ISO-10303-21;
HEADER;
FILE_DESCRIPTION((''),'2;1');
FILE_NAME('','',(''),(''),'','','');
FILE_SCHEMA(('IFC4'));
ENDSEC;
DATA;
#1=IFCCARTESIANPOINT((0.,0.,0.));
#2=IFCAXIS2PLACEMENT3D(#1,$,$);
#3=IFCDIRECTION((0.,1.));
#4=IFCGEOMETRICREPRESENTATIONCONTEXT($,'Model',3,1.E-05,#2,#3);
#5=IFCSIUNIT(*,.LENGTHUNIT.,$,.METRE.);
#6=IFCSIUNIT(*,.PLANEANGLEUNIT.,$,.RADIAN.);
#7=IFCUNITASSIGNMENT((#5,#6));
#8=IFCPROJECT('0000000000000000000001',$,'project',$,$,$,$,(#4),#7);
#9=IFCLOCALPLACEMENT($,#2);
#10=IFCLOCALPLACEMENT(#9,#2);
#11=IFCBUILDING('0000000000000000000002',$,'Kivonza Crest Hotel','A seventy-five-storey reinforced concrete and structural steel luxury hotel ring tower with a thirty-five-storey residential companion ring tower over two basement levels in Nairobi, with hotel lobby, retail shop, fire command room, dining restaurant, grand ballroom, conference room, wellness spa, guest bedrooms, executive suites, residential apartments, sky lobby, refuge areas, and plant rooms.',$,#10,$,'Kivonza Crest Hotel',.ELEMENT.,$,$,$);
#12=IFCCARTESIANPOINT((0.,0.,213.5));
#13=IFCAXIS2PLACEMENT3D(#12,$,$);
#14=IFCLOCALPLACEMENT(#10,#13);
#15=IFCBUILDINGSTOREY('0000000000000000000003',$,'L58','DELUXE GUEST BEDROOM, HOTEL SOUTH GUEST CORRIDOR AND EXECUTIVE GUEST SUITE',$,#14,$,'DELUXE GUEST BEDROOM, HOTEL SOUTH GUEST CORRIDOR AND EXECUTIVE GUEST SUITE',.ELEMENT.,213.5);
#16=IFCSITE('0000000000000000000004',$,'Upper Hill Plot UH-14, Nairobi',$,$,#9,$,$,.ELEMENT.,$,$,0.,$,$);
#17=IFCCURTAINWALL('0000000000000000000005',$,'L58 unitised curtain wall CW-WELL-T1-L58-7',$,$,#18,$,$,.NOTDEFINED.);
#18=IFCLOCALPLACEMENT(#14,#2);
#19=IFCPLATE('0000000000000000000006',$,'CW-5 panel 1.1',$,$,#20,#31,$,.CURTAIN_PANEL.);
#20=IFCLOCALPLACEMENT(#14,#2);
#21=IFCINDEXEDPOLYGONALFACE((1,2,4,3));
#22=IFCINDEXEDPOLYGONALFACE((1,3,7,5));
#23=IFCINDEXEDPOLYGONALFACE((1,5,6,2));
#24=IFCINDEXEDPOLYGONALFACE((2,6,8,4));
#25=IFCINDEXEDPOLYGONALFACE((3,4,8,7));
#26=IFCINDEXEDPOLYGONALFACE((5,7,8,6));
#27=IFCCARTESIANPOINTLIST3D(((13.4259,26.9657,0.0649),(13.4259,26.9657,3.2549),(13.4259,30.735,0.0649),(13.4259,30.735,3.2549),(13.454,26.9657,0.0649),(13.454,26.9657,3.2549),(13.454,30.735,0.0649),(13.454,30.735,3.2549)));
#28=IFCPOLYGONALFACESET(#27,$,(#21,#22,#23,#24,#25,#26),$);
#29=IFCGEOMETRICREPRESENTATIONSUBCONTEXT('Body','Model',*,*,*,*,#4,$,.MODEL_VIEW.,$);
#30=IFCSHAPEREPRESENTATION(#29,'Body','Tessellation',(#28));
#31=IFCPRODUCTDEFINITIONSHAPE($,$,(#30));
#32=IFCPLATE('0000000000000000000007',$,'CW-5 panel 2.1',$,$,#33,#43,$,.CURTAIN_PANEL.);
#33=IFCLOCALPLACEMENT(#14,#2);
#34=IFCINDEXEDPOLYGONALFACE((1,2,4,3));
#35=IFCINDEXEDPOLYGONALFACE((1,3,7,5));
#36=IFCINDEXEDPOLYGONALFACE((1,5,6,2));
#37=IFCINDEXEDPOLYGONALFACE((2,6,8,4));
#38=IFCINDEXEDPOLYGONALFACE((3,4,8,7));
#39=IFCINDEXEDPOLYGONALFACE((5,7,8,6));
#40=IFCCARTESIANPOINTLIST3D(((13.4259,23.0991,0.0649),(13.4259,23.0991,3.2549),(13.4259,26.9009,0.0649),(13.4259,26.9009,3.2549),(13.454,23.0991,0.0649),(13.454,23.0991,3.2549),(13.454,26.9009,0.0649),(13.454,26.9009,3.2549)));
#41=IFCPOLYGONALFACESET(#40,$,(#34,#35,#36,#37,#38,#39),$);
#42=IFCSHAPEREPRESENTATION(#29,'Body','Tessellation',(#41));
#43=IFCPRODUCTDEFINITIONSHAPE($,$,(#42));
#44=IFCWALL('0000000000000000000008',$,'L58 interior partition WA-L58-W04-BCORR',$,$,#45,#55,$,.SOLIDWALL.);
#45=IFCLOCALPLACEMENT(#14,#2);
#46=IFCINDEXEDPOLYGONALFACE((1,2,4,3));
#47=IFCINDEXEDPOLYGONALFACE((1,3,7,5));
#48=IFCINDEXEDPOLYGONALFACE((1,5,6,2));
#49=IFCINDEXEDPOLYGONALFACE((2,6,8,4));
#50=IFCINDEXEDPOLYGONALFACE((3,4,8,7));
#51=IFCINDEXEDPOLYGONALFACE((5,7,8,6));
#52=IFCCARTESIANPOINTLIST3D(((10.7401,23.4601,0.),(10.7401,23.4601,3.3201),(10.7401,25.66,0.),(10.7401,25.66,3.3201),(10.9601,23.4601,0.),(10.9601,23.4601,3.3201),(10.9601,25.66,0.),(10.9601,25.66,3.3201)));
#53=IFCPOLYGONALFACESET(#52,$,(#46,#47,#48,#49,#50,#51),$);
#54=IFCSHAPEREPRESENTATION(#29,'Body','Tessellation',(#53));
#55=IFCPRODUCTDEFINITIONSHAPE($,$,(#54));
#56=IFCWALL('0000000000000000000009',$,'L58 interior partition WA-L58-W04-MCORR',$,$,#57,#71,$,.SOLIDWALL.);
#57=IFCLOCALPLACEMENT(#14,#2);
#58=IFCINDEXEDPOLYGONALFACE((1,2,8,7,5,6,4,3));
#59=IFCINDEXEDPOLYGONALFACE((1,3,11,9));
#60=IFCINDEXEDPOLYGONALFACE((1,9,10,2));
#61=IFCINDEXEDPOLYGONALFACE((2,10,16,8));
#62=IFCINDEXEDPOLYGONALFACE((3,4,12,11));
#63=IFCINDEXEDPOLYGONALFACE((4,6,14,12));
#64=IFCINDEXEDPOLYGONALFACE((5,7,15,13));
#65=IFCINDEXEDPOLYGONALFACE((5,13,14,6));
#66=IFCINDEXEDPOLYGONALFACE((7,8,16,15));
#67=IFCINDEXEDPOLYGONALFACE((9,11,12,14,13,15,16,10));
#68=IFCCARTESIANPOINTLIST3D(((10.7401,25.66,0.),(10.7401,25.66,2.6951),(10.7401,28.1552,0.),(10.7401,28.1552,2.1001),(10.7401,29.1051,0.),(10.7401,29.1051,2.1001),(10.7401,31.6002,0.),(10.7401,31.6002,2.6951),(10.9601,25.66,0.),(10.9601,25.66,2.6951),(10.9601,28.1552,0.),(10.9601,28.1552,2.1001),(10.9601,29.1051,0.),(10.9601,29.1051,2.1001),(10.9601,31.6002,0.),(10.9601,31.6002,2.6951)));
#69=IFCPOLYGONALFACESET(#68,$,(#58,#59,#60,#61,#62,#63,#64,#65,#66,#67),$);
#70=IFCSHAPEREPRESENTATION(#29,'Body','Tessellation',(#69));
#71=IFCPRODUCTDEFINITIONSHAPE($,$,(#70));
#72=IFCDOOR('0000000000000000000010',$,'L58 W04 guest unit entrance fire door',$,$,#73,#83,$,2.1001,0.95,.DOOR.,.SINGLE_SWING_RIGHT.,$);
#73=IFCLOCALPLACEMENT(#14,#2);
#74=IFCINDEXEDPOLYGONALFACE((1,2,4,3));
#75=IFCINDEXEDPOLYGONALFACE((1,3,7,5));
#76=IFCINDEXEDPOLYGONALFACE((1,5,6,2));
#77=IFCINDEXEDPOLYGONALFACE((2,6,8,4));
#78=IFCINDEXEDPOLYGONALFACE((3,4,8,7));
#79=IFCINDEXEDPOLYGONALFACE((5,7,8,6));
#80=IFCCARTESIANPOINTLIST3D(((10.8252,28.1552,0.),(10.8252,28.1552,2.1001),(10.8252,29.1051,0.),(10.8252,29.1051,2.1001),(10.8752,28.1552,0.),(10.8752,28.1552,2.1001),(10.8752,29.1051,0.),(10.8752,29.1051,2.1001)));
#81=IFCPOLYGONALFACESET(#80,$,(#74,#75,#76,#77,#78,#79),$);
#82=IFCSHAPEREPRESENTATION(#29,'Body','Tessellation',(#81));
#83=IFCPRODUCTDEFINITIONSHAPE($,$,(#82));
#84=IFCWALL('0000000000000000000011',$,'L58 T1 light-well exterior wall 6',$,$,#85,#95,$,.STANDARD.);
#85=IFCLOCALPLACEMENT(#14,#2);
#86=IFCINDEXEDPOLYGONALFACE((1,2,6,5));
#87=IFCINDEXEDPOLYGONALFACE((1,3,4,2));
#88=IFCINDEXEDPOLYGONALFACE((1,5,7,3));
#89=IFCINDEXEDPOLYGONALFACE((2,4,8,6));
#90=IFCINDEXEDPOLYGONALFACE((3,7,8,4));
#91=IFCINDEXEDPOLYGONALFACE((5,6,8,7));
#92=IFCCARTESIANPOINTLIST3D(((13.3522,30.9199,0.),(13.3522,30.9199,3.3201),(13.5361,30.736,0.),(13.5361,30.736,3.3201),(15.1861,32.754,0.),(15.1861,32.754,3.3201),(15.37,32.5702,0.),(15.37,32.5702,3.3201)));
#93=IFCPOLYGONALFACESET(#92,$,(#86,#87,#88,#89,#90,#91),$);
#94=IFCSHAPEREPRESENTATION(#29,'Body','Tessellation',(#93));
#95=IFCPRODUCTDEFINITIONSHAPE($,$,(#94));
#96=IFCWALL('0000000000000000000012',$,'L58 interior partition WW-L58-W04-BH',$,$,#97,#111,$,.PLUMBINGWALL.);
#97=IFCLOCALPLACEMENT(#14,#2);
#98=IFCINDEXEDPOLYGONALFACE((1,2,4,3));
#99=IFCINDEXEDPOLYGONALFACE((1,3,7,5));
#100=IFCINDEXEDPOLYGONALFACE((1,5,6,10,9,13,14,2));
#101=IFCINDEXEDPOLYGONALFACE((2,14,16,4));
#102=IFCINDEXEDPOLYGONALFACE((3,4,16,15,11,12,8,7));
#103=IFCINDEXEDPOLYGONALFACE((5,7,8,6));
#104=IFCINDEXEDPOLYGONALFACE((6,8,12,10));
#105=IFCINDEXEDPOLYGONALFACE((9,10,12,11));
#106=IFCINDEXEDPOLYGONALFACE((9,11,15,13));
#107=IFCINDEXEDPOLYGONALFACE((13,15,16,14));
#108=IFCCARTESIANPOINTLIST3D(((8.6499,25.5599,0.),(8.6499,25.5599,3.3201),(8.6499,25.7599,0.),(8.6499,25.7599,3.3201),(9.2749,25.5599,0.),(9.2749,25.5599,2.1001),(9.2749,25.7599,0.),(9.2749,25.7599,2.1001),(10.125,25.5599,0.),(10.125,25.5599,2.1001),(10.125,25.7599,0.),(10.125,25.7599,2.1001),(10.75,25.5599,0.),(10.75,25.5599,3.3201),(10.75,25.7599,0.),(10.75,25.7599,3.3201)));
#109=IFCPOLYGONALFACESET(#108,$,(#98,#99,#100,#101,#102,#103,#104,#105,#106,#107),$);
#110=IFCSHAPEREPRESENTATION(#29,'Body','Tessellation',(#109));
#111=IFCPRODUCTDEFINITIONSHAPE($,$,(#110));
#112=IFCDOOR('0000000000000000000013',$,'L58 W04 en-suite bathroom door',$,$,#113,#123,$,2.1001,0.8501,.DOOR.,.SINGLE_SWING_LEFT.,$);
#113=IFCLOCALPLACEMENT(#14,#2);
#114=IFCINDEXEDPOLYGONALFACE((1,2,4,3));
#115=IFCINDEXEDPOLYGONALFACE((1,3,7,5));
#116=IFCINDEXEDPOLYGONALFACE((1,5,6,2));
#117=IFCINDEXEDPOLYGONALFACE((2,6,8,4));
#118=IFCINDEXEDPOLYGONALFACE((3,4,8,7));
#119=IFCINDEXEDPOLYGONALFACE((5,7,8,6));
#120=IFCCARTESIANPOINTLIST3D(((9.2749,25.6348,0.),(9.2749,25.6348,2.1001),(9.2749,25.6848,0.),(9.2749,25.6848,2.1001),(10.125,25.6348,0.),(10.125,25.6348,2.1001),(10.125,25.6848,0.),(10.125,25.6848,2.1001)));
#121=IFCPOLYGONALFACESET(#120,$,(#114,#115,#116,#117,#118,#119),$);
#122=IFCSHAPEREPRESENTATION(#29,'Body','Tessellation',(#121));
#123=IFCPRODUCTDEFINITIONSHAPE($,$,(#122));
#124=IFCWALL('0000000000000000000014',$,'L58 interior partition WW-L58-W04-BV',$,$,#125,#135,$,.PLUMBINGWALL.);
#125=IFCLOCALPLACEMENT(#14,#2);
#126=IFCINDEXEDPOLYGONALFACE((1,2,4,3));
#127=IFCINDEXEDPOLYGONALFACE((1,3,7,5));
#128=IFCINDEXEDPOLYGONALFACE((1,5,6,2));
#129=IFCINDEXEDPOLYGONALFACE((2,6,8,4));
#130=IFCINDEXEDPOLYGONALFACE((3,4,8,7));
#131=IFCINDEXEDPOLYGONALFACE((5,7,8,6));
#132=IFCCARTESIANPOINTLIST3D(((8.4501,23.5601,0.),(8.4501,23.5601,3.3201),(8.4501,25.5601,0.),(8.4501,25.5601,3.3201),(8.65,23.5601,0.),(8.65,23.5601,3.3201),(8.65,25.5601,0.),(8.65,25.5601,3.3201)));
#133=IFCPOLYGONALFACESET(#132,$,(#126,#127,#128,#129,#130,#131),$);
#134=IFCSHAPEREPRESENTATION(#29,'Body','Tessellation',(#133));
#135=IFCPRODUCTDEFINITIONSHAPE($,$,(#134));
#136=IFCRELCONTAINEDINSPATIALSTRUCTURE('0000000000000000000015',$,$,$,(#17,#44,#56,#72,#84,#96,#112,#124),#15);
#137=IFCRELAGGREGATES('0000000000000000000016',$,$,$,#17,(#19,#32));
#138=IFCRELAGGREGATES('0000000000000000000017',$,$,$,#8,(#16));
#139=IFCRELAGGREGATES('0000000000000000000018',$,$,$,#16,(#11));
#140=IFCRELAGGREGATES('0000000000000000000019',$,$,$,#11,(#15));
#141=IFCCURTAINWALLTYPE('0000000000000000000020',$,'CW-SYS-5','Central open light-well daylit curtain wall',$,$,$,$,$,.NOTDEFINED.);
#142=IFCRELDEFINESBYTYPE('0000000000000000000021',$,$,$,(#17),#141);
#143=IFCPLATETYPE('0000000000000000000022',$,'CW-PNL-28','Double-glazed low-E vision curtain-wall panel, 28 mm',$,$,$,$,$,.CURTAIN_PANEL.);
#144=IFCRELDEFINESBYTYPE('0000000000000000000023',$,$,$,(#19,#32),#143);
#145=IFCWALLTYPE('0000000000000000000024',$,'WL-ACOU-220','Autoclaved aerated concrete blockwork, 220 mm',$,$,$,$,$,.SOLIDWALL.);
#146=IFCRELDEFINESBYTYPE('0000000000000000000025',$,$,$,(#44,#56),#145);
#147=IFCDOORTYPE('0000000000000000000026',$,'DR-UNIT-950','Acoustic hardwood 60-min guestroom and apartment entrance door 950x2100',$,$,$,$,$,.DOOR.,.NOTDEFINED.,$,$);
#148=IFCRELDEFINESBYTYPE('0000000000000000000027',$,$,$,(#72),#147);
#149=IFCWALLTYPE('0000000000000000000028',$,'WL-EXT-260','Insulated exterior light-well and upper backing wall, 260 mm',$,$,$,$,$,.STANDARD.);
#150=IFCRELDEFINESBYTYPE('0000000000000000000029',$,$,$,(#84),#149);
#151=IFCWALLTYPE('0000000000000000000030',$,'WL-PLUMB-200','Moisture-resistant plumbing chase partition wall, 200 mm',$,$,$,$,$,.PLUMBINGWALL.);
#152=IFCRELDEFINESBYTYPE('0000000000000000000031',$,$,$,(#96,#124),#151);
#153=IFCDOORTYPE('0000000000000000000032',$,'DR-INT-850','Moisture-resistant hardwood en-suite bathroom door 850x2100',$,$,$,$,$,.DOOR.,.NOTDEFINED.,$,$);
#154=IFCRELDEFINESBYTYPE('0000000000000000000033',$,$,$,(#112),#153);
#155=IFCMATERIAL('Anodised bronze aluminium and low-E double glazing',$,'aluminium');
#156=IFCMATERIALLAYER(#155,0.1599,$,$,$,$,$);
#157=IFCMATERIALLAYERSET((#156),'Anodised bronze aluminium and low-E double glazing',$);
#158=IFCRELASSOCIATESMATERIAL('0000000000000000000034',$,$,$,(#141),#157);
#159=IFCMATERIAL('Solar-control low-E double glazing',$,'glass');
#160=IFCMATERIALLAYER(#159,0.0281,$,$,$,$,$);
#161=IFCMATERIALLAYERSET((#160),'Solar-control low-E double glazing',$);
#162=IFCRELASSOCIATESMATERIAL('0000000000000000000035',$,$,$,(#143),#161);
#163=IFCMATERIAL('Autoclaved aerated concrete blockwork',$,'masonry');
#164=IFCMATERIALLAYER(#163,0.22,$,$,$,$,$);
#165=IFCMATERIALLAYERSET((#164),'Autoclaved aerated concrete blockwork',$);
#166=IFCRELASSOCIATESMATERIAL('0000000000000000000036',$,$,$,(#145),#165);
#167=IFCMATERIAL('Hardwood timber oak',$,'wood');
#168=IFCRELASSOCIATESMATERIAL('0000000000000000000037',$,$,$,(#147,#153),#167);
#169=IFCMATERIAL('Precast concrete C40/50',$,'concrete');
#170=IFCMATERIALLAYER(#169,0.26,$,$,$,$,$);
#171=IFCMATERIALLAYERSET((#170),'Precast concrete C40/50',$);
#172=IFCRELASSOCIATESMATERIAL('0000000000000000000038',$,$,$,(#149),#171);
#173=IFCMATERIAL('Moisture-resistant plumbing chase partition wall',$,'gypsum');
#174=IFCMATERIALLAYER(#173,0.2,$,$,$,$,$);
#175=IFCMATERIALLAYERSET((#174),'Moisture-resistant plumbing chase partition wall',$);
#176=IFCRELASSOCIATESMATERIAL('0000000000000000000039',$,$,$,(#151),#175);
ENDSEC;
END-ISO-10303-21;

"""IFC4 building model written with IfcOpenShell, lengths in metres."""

from ifc_helpers import new_model, si_unit, direction, frame, frame_2d, origin, origin_2d, place, context, subcontext, project, spatial, rectangle, extrude, material, layer, layer_set, type_object, element, fill, aggregate, save


model = new_model("IFC4")

# Units and contexts
model_context = context("Model", 3, precision=1e-05, world=origin(), true_north=direction((0.0, 1.0)))
body_context = subcontext(model_context, "Body", "Model", "MODEL_VIEW")
ifc_project = project(units=[si_unit("LENGTHUNIT", "METRE"), si_unit("PLANEANGLEUNIT", "RADIAN")], contexts=[model_context])

# Site, building, storey
site_placement = place(None, origin())
site = spatial("IfcSite", under=ifc_project, at=site_placement, Name="Upper Hill Plot UH-14, Nairobi", CompositionType="ELEMENT", RefElevation=0.0)
building_placement = place(site_placement, origin())
building = spatial("IfcBuilding", under=site, at=building_placement, Name="Kivonza Crest Hotel", Description="A seventy-five-storey reinforced concrete and structural steel luxury hotel ring tower with a thirty-five-storey residential companion ring tower over two basement levels in Nairobi, with hotel lobby, retail shop, fire command room, dining restaurant, grand ballroom, conference room, wellness spa, guest bedrooms, executive suites, residential apartments, sky lobby, refuge areas, and plant rooms.", LongName="Kivonza Crest Hotel", CompositionType="ELEMENT")
storey_placement = place(building_placement, frame((0.0, 0.0, 213.5)))
storey = spatial("IfcBuildingStorey", under=building, at=storey_placement, Name="L58", Description="DELUXE GUEST BEDROOM, HOTEL SOUTH GUEST CORRIDOR AND EXECUTIVE GUEST SUITE", LongName="DELUXE GUEST BEDROOM, HOTEL SOUTH GUEST CORRIDOR AND EXECUTIVE GUEST SUITE", CompositionType="ELEMENT", Elevation=213.5)

# Curtain wall, plates
ifc_material_1 = material(Name="Anodised bronze aluminium and low-E double glazing", Category="aluminium")
ifc_layer_1 = layer(ifc_material_1, 0.1599)
ifc_layer_set_1 = layer_set([ifc_layer_1], Name="Anodised bronze aluminium and low-E double glazing")
curtain_wall_type = type_object("IfcCurtainWallType", Name="CW-SYS-5", Description="Central open light-well daylit curtain wall", PredefinedType="NOTDEFINED", material=ifc_layer_set_1)
curtain_wall_placement = place(storey_placement, origin())
curtain_wall = element("IfcCurtainWall", 1, at=curtain_wall_placement, inside=storey, type_object=curtain_wall_type, Name="L58 unitised curtain wall CW-WELL-T1-L58-7", PredefinedType="NOTDEFINED")
ifc_material_2 = material(Name="Solar-control low-E double glazing", Category="glass")
ifc_layer_2 = layer(ifc_material_2, 0.0281)
ifc_layer_set_2 = layer_set([ifc_layer_2], Name="Solar-control low-E double glazing")
plate_type = type_object("IfcPlateType", Name="CW-PNL-28", Description="Double-glazed low-E vision curtain-wall panel, 28 mm", PredefinedType="CURTAIN_PANEL", material=ifc_layer_set_2)
plate_1_placement = place(storey_placement, frame((13.4399, 28.8503, 0.0649), z_axis=(0.0, 0.0, 1.0), x_axis=(0.0, -1.0, 0.0)))
plate_1 = element("IfcPlate", 2, at=plate_1_placement, type_object=plate_type, Name="CW-5 panel 1.1", PredefinedType="CURTAIN_PANEL", context=body_context, shape_type="SweptSolid", body=[
    extrude(rectangle(XDim=3.7693, YDim=0.0281, at=origin_2d()), origin(), (0.0, 0.0, 1.0), 3.1899),
])
plate_2_placement = place(storey_placement, frame((13.4399, 25.0, 0.0649), z_axis=(0.0, 0.0, 1.0), x_axis=(0.0, -1.0, 0.0)))
plate_2 = element("IfcPlate", 3, at=plate_2_placement, type_object=plate_type, Name="CW-5 panel 2.1", PredefinedType="CURTAIN_PANEL", context=body_context, shape_type="SweptSolid", body=[
    extrude(rectangle(XDim=3.8018, YDim=0.0281, at=origin_2d()), origin(), (0.0, 0.0, 1.0), 3.1899),
])
aggregate(curtain_wall, [plate_1, plate_2])

# Wall
ifc_material_3 = material(Name="Autoclaved aerated concrete blockwork", Category="masonry")
ifc_layer_3 = layer(ifc_material_3, 0.22)
ifc_layer_set_3 = layer_set([ifc_layer_3], Name="Autoclaved aerated concrete blockwork")
wall_type_1 = type_object("IfcWallType", Name="WL-ACOU-220", Description="Autoclaved aerated concrete blockwork, 220 mm", PredefinedType="SOLIDWALL", material=ifc_layer_set_3)
wall_1_placement = place(storey_placement, frame((10.8501, 23.46, 0.0), z_axis=(0.0, 0.0, 1.0), x_axis=(0.0, 1.0, 0.0)))
element("IfcWall", 4, at=wall_1_placement, inside=storey, type_object=wall_type_1, Name="L58 interior partition WA-L58-W04-BCORR", PredefinedType="SOLIDWALL", context=body_context, shape_type="SweptSolid", body=[
    extrude(rectangle(XDim=2.2, YDim=0.22, at=frame_2d((1.1001, 0.0))), origin(), (0.0, 0.0, 1.0), 3.3201),
])

# Wall, opening, door
wall_2_placement = place(storey_placement, frame((10.8501, 25.6599, 0.0), z_axis=(0.0, 0.0, 1.0), x_axis=(0.0, 1.0, 0.0)))
wall_2 = element("IfcWall", 5, at=wall_2_placement, inside=storey, type_object=wall_type_1, Name="L58 interior partition WA-L58-W04-MCORR", PredefinedType="SOLIDWALL", context=body_context, shape_type="SweptSolid", body=[
    extrude(rectangle(XDim=5.9402, YDim=0.22, at=frame_2d((2.9702, 0.0))), origin(), (0.0, 0.0, 1.0), 2.6951),
])
opening_1_placement = place(wall_2_placement, frame((2.4951, 0.0, 0.0)))
opening_1 = element("IfcOpeningElement", 6, at=opening_1_placement, cuts=wall_2, PredefinedType="OPENING", context=body_context, shape_type="SweptSolid", body=[
    extrude(rectangle(XDim=0.95, YDim=2.1001, at=frame_2d((0.4751, 1.05))), frame((0.0, 0.1201, 0.0), z_axis=(0.0, -1.0, 0.0), x_axis=(1.0, 0.0, 0.0)), (0.0, 0.0, 1.0), 0.24),
])
ifc_material_4 = material(Name="Hardwood timber oak", Category="wood")
door_type_1 = type_object("IfcDoorType", Name="DR-UNIT-950", Description="Acoustic hardwood 60-min guestroom and apartment entrance door 950x2100", OperationType="NOTDEFINED", PredefinedType="DOOR", material=ifc_material_4)
door_1_placement = place(opening_1_placement, origin())
door_1 = element("IfcDoor", 7, at=door_1_placement, inside=storey, type_object=door_type_1, Name="L58 W04 guest unit entrance fire door", OperationType="SINGLE_SWING_RIGHT", OverallHeight=2.1001, OverallWidth=0.95, PredefinedType="DOOR", context=body_context, shape_type="SweptSolid", body=[
    extrude(rectangle(XDim=0.95, YDim=2.1001, at=frame_2d((0.4751, 1.05))), frame((0.0, 0.0249, 0.0), z_axis=(0.0, -1.0, 0.0), x_axis=(1.0, 0.0, 0.0)), (0.0, 0.0, 1.0), 0.05),
])
fill(opening_1, door_1)

# Wall
ifc_material_5 = material(Name="Precast concrete C40/50", Category="concrete")
ifc_layer_4 = layer(ifc_material_5, 0.26)
ifc_layer_set_4 = layer_set([ifc_layer_4], Name="Precast concrete C40/50")
wall_type_2 = type_object("IfcWallType", Name="WL-EXT-260", Description="Insulated exterior light-well and upper backing wall, 260 mm", PredefinedType="STANDARD", material=ifc_layer_set_4)
wall_3_placement = place(storey_placement, frame((15.2781, 32.6621, 0.0), z_axis=(0.0, 0.0, 1.0), x_axis=(-0.70706, -0.707154, 0.0)))
element("IfcWall", 8, at=wall_3_placement, inside=storey, type_object=wall_type_2, Name="L58 T1 light-well exterior wall 6", PredefinedType="STANDARD", context=body_context, shape_type="SweptSolid", body=[
    extrude(rectangle(XDim=2.5938, YDim=0.26, at=frame_2d((1.2969, 0.0))), origin(), (0.0, 0.0, 1.0), 3.3201),
])

# Wall, opening, door
ifc_material_6 = material(Name="Moisture-resistant plumbing chase partition wall", Category="gypsum")
ifc_layer_5 = layer(ifc_material_6, 0.2)
ifc_layer_set_5 = layer_set([ifc_layer_5], Name="Moisture-resistant plumbing chase partition wall")
wall_type_3 = type_object("IfcWallType", Name="WL-PLUMB-200", Description="Moisture-resistant plumbing chase partition wall, 200 mm", PredefinedType="PLUMBINGWALL", material=ifc_layer_set_5)
wall_4_placement = place(storey_placement, frame((8.6499, 25.6599, 0.0), z_axis=(0.0, 0.0, 1.0), x_axis=(1.0, 0.0, 0.0)))
wall_4 = element("IfcWall", 9, at=wall_4_placement, inside=storey, type_object=wall_type_3, Name="L58 interior partition WW-L58-W04-BH", PredefinedType="PLUMBINGWALL", context=body_context, shape_type="SweptSolid", body=[
    extrude(rectangle(XDim=2.1001, YDim=0.2, at=frame_2d((1.05, 0.0))), origin(), (0.0, 0.0, 1.0), 3.3201),
])
opening_2_placement = place(wall_4_placement, frame((0.625, 0.0, 0.0)))
opening_2 = element("IfcOpeningElement", 10, at=opening_2_placement, cuts=wall_4, PredefinedType="OPENING", context=body_context, shape_type="SweptSolid", body=[
    extrude(rectangle(XDim=0.8501, YDim=2.1001, at=frame_2d((0.425, 1.05))), frame((0.0, 0.1099, 0.0), z_axis=(0.0, -1.0, 0.0), x_axis=(1.0, 0.0, 0.0)), (0.0, 0.0, 1.0), 0.22),
])
door_type_2 = type_object("IfcDoorType", Name="DR-INT-850", Description="Moisture-resistant hardwood en-suite bathroom door 850x2100", OperationType="NOTDEFINED", PredefinedType="DOOR", material=ifc_material_4)
door_2_placement = place(opening_2_placement, origin())
door_2 = element("IfcDoor", 11, at=door_2_placement, inside=storey, type_object=door_type_2, Name="L58 W04 en-suite bathroom door", OperationType="SINGLE_SWING_LEFT", OverallHeight=2.1001, OverallWidth=0.8501, PredefinedType="DOOR", context=body_context, shape_type="SweptSolid", body=[
    extrude(rectangle(XDim=0.8501, YDim=2.1001, at=frame_2d((0.425, 1.05))), frame((0.0, 0.0249, 0.0), z_axis=(0.0, -1.0, 0.0), x_axis=(1.0, 0.0, 0.0)), (0.0, 0.0, 1.0), 0.05),
])
fill(opening_2, door_2)

# Wall
wall_5_placement = place(storey_placement, frame((8.55, 23.5601, 0.0), z_axis=(0.0, 0.0, 1.0), x_axis=(0.0, 1.0, 0.0)))
element("IfcWall", 12, at=wall_5_placement, inside=storey, type_object=wall_type_3, Name="L58 interior partition WW-L58-W04-BV", PredefinedType="PLUMBINGWALL", context=body_context, shape_type="SweptSolid", body=[
    extrude(rectangle(XDim=2.0, YDim=0.2, at=frame_2d((1.0, 0.0))), origin(), (0.0, 0.0, 1.0), 3.3201),
])

save(model, "model.ifc")
